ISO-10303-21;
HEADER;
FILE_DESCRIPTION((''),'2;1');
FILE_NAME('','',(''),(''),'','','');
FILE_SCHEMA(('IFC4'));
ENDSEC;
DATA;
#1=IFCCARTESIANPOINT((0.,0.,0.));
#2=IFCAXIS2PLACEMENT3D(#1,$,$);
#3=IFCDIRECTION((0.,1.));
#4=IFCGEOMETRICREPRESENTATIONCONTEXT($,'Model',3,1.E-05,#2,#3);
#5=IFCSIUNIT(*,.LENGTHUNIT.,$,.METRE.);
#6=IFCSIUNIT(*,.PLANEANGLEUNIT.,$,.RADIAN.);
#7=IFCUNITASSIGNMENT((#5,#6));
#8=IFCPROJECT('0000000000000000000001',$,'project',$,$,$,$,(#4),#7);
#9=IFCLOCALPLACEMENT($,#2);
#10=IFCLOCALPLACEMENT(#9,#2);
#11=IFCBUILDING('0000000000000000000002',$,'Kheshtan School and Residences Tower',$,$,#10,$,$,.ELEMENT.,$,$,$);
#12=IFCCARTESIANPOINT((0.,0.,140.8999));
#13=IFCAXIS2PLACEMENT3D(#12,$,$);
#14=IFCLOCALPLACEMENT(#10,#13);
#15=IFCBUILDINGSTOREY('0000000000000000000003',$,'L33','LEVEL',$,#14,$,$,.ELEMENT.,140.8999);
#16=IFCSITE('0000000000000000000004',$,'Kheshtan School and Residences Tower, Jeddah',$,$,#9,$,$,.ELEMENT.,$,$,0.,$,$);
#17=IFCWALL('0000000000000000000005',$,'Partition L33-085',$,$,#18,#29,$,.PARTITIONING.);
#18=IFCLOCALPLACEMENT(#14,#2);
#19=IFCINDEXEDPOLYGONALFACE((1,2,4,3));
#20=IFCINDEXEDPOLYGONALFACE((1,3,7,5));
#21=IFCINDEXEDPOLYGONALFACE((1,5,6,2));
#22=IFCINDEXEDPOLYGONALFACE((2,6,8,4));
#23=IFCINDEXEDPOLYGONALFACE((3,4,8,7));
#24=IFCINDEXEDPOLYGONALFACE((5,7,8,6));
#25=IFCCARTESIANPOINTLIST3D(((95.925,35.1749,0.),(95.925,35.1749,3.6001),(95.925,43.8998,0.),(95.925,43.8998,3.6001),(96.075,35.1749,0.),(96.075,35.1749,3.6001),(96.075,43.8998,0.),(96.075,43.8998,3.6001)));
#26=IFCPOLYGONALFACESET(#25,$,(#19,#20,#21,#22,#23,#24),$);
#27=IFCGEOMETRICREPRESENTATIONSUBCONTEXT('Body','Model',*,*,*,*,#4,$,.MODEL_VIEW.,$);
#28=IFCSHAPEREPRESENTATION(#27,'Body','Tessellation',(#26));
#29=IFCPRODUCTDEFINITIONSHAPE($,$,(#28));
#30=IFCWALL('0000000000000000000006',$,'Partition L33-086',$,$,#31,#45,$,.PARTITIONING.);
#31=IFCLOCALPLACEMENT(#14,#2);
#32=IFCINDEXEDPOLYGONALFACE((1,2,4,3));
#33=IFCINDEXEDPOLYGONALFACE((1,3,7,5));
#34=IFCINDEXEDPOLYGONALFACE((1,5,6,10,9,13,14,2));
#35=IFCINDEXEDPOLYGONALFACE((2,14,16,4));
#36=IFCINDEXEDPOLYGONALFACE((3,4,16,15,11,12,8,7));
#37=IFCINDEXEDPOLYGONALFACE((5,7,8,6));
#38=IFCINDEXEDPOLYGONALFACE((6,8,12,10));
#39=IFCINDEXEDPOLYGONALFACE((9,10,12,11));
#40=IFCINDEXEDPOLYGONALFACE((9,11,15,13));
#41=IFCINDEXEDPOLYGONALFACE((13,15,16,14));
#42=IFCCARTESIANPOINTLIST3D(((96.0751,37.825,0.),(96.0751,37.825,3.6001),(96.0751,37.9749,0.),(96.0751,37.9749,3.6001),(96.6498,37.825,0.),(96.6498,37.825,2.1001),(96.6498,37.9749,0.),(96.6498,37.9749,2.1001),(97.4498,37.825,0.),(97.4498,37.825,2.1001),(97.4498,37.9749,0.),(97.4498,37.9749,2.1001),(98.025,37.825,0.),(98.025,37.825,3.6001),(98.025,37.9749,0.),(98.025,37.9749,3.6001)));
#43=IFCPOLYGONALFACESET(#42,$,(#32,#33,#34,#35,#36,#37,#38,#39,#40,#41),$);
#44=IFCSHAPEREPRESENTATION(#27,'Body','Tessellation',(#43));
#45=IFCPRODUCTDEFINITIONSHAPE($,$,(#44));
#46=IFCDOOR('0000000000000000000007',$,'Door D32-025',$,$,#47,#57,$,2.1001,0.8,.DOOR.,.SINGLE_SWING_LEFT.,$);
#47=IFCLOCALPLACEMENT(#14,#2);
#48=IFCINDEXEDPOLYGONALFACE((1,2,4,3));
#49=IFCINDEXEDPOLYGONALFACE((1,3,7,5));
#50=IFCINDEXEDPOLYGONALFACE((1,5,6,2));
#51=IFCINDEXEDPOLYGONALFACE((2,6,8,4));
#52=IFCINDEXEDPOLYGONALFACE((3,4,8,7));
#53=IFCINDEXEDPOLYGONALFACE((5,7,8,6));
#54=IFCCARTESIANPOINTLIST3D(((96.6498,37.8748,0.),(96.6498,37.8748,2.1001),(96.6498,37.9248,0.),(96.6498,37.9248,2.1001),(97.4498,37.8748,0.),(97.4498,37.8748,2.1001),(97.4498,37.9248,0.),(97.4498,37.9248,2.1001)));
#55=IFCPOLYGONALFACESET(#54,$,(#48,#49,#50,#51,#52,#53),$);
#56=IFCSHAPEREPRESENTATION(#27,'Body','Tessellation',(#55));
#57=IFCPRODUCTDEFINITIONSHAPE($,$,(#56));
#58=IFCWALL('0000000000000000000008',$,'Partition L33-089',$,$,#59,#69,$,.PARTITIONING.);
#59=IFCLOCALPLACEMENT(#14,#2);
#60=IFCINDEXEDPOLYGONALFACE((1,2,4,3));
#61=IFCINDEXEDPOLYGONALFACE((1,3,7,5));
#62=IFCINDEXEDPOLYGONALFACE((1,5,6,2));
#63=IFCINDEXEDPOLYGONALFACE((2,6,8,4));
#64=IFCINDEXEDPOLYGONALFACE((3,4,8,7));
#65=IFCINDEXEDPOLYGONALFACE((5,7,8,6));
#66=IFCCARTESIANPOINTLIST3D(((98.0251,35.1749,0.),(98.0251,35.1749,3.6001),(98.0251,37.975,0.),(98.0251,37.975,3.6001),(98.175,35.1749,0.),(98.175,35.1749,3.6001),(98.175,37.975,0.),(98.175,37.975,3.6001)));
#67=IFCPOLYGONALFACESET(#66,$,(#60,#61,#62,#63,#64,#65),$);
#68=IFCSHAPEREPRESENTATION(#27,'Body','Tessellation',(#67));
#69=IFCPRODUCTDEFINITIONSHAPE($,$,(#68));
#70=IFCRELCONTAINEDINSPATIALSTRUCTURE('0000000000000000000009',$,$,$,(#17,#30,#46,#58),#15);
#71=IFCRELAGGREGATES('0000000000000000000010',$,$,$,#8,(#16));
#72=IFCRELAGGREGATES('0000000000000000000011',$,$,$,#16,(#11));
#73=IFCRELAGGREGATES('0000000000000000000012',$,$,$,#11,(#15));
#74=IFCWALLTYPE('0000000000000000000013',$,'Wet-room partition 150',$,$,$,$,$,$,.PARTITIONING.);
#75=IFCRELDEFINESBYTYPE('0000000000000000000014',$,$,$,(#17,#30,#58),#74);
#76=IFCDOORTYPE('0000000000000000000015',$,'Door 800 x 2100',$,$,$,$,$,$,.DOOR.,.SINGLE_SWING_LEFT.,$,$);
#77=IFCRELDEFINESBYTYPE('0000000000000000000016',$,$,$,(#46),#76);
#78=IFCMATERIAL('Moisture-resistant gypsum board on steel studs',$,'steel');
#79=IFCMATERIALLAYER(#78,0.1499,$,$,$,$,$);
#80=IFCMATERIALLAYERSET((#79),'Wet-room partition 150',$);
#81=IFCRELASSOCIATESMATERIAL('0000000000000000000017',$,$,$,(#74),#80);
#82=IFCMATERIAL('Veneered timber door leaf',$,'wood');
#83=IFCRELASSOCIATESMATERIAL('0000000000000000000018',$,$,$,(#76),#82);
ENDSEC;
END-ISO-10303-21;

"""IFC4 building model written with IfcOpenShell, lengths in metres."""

from ifc_helpers import new_model, si_unit, direction, frame, frame_2d, origin, place, context, subcontext, project, spatial, rectangle, extrude, source, transform, mapped, material, layer, layer_set, type_object, element, fill, save


model = new_model("IFC4")

# Units and contexts
model_context = context("Model", 3, precision=1e-05, world=origin(), true_north=direction((0.0, 1.0)))
body_context = subcontext(model_context, "Body", "Model", "MODEL_VIEW")
ifc_project = project(units=[si_unit("LENGTHUNIT", "METRE"), si_unit("PLANEANGLEUNIT", "RADIAN")], contexts=[model_context])

# Site, building, storey
site_placement = place(None, origin())
site = spatial("IfcSite", under=ifc_project, at=site_placement, Name="Kheshtan School and Residences Tower, Jeddah", CompositionType="ELEMENT", RefElevation=0.0)
building_placement = place(site_placement, origin())
building = spatial("IfcBuilding", under=site, at=building_placement, Name="Kheshtan School and Residences Tower", CompositionType="ELEMENT")
storey_placement = place(building_placement, frame((0.0, 0.0, 140.8999)))
storey = spatial("IfcBuildingStorey", under=building, at=storey_placement, Name="L33", Description="LEVEL", CompositionType="ELEMENT", Elevation=140.8999)

# Wall
ifc_material_1 = material(Name="Moisture-resistant gypsum board on steel studs", Category="steel")
ifc_layer_1 = layer(ifc_material_1, 0.1499)
ifc_layer_set_1 = layer_set([ifc_layer_1], Name="Wet-room partition 150")
wall_type_1 = type_object("IfcWallType", Name="Wet-room partition 150", PredefinedType="PARTITIONING", material=ifc_layer_set_1)
wall_1_placement = place(storey_placement, frame((96.0, 35.175, 0.0), z_axis=(0.0, 0.0, 1.0), x_axis=(0.0, 1.0, 0.0)))
element("IfcWall", 1, at=wall_1_placement, inside=storey, type_object=wall_type_1, Name="Partition L33-085", PredefinedType="PARTITIONING", context=body_context, shape_type="SweptSolid", body=[
    extrude(rectangle(XDim=8.7249, YDim=0.1499, at=frame_2d((4.3623, 0.0))), origin(), (0.0, 0.0, 1.0), 3.6001),
])

# Wall, opening, door
wall_2_placement = place(storey_placement, frame((96.075, 37.8999, 0.0), z_axis=(0.0, 0.0, 1.0), x_axis=(1.0, 0.0, 0.0)))
wall_2 = element("IfcWall", 2, at=wall_2_placement, inside=storey, type_object=wall_type_1, Name="Partition L33-086", PredefinedType="PARTITIONING", context=body_context, shape_type="SweptSolid", body=[
    extrude(rectangle(XDim=1.95, YDim=0.1499, at=frame_2d((0.9751, 0.0))), origin(), (0.0, 0.0, 1.0), 3.6001),
])
opening_1_placement = place(wall_2_placement, frame((0.575, 0.0, 0.0)))
opening_1 = element("IfcOpeningElement", 3, at=opening_1_placement, cuts=wall_2, PredefinedType="OPENING", context=body_context, shape_type="SweptSolid", body=[
    extrude(rectangle(XDim=0.8, YDim=2.1001, at=frame_2d((0.3999, 1.05))), frame((0.0, 0.085, 0.0), z_axis=(0.0, -1.0, 0.0), x_axis=(1.0, 0.0, 0.0)), (0.0, 0.0, 1.0), 0.1699),
])
ifc_material_2 = material(Name="Veneered timber door leaf", Category="wood")
door_type_1 = type_object("IfcDoorType", Name="Door 800 x 2100", OperationType="SINGLE_SWING_LEFT", PredefinedType="DOOR", material=ifc_material_2)
shared_shape_1 = source(origin(), body_context, "Body", "SweptSolid", [
    extrude(rectangle(XDim=0.8, YDim=2.1001, at=frame_2d((0.3999, 1.05))), frame((0.0, 0.0249, 0.0), z_axis=(0.0, -1.0, 0.0), x_axis=(1.0, 0.0, 0.0)), (0.0, 0.0, 1.0), 0.05),
])
door_1_placement = place(opening_1_placement, origin())
door_1 = element("IfcDoor", 4, at=door_1_placement, inside=storey, type_object=door_type_1, Name="Door D32-025", OperationType="SINGLE_SWING_LEFT", OverallHeight=2.1001, OverallWidth=0.8, PredefinedType="DOOR", context=body_context, shape_type="MappedRepresentation", body=[
    mapped(shared_shape_1, transform((0.0, 0.0, 0.0), x_axis=(1.0, 0.0, 0.0), y_axis=(0.0, 1.0, 0.0), z_axis=(0.0, 0.0, 1.0), scale=1.0)),
])
fill(opening_1, door_1)

# Wall
wall_3_placement = place(storey_placement, frame((98.1001, 35.175, 0.0), z_axis=(0.0, 0.0, 1.0), x_axis=(0.0, 1.0, 0.0)))
element("IfcWall", 5, at=wall_3_placement, inside=storey, type_object=wall_type_1, Name="Partition L33-089", PredefinedType="PARTITIONING", context=body_context, shape_type="SweptSolid", body=[
    extrude(rectangle(XDim=2.8, YDim=0.1499, at=frame_2d((1.3999, 0.0))), origin(), (0.0, 0.0, 1.0), 3.6001),
])

save(model, "model.ifc")
